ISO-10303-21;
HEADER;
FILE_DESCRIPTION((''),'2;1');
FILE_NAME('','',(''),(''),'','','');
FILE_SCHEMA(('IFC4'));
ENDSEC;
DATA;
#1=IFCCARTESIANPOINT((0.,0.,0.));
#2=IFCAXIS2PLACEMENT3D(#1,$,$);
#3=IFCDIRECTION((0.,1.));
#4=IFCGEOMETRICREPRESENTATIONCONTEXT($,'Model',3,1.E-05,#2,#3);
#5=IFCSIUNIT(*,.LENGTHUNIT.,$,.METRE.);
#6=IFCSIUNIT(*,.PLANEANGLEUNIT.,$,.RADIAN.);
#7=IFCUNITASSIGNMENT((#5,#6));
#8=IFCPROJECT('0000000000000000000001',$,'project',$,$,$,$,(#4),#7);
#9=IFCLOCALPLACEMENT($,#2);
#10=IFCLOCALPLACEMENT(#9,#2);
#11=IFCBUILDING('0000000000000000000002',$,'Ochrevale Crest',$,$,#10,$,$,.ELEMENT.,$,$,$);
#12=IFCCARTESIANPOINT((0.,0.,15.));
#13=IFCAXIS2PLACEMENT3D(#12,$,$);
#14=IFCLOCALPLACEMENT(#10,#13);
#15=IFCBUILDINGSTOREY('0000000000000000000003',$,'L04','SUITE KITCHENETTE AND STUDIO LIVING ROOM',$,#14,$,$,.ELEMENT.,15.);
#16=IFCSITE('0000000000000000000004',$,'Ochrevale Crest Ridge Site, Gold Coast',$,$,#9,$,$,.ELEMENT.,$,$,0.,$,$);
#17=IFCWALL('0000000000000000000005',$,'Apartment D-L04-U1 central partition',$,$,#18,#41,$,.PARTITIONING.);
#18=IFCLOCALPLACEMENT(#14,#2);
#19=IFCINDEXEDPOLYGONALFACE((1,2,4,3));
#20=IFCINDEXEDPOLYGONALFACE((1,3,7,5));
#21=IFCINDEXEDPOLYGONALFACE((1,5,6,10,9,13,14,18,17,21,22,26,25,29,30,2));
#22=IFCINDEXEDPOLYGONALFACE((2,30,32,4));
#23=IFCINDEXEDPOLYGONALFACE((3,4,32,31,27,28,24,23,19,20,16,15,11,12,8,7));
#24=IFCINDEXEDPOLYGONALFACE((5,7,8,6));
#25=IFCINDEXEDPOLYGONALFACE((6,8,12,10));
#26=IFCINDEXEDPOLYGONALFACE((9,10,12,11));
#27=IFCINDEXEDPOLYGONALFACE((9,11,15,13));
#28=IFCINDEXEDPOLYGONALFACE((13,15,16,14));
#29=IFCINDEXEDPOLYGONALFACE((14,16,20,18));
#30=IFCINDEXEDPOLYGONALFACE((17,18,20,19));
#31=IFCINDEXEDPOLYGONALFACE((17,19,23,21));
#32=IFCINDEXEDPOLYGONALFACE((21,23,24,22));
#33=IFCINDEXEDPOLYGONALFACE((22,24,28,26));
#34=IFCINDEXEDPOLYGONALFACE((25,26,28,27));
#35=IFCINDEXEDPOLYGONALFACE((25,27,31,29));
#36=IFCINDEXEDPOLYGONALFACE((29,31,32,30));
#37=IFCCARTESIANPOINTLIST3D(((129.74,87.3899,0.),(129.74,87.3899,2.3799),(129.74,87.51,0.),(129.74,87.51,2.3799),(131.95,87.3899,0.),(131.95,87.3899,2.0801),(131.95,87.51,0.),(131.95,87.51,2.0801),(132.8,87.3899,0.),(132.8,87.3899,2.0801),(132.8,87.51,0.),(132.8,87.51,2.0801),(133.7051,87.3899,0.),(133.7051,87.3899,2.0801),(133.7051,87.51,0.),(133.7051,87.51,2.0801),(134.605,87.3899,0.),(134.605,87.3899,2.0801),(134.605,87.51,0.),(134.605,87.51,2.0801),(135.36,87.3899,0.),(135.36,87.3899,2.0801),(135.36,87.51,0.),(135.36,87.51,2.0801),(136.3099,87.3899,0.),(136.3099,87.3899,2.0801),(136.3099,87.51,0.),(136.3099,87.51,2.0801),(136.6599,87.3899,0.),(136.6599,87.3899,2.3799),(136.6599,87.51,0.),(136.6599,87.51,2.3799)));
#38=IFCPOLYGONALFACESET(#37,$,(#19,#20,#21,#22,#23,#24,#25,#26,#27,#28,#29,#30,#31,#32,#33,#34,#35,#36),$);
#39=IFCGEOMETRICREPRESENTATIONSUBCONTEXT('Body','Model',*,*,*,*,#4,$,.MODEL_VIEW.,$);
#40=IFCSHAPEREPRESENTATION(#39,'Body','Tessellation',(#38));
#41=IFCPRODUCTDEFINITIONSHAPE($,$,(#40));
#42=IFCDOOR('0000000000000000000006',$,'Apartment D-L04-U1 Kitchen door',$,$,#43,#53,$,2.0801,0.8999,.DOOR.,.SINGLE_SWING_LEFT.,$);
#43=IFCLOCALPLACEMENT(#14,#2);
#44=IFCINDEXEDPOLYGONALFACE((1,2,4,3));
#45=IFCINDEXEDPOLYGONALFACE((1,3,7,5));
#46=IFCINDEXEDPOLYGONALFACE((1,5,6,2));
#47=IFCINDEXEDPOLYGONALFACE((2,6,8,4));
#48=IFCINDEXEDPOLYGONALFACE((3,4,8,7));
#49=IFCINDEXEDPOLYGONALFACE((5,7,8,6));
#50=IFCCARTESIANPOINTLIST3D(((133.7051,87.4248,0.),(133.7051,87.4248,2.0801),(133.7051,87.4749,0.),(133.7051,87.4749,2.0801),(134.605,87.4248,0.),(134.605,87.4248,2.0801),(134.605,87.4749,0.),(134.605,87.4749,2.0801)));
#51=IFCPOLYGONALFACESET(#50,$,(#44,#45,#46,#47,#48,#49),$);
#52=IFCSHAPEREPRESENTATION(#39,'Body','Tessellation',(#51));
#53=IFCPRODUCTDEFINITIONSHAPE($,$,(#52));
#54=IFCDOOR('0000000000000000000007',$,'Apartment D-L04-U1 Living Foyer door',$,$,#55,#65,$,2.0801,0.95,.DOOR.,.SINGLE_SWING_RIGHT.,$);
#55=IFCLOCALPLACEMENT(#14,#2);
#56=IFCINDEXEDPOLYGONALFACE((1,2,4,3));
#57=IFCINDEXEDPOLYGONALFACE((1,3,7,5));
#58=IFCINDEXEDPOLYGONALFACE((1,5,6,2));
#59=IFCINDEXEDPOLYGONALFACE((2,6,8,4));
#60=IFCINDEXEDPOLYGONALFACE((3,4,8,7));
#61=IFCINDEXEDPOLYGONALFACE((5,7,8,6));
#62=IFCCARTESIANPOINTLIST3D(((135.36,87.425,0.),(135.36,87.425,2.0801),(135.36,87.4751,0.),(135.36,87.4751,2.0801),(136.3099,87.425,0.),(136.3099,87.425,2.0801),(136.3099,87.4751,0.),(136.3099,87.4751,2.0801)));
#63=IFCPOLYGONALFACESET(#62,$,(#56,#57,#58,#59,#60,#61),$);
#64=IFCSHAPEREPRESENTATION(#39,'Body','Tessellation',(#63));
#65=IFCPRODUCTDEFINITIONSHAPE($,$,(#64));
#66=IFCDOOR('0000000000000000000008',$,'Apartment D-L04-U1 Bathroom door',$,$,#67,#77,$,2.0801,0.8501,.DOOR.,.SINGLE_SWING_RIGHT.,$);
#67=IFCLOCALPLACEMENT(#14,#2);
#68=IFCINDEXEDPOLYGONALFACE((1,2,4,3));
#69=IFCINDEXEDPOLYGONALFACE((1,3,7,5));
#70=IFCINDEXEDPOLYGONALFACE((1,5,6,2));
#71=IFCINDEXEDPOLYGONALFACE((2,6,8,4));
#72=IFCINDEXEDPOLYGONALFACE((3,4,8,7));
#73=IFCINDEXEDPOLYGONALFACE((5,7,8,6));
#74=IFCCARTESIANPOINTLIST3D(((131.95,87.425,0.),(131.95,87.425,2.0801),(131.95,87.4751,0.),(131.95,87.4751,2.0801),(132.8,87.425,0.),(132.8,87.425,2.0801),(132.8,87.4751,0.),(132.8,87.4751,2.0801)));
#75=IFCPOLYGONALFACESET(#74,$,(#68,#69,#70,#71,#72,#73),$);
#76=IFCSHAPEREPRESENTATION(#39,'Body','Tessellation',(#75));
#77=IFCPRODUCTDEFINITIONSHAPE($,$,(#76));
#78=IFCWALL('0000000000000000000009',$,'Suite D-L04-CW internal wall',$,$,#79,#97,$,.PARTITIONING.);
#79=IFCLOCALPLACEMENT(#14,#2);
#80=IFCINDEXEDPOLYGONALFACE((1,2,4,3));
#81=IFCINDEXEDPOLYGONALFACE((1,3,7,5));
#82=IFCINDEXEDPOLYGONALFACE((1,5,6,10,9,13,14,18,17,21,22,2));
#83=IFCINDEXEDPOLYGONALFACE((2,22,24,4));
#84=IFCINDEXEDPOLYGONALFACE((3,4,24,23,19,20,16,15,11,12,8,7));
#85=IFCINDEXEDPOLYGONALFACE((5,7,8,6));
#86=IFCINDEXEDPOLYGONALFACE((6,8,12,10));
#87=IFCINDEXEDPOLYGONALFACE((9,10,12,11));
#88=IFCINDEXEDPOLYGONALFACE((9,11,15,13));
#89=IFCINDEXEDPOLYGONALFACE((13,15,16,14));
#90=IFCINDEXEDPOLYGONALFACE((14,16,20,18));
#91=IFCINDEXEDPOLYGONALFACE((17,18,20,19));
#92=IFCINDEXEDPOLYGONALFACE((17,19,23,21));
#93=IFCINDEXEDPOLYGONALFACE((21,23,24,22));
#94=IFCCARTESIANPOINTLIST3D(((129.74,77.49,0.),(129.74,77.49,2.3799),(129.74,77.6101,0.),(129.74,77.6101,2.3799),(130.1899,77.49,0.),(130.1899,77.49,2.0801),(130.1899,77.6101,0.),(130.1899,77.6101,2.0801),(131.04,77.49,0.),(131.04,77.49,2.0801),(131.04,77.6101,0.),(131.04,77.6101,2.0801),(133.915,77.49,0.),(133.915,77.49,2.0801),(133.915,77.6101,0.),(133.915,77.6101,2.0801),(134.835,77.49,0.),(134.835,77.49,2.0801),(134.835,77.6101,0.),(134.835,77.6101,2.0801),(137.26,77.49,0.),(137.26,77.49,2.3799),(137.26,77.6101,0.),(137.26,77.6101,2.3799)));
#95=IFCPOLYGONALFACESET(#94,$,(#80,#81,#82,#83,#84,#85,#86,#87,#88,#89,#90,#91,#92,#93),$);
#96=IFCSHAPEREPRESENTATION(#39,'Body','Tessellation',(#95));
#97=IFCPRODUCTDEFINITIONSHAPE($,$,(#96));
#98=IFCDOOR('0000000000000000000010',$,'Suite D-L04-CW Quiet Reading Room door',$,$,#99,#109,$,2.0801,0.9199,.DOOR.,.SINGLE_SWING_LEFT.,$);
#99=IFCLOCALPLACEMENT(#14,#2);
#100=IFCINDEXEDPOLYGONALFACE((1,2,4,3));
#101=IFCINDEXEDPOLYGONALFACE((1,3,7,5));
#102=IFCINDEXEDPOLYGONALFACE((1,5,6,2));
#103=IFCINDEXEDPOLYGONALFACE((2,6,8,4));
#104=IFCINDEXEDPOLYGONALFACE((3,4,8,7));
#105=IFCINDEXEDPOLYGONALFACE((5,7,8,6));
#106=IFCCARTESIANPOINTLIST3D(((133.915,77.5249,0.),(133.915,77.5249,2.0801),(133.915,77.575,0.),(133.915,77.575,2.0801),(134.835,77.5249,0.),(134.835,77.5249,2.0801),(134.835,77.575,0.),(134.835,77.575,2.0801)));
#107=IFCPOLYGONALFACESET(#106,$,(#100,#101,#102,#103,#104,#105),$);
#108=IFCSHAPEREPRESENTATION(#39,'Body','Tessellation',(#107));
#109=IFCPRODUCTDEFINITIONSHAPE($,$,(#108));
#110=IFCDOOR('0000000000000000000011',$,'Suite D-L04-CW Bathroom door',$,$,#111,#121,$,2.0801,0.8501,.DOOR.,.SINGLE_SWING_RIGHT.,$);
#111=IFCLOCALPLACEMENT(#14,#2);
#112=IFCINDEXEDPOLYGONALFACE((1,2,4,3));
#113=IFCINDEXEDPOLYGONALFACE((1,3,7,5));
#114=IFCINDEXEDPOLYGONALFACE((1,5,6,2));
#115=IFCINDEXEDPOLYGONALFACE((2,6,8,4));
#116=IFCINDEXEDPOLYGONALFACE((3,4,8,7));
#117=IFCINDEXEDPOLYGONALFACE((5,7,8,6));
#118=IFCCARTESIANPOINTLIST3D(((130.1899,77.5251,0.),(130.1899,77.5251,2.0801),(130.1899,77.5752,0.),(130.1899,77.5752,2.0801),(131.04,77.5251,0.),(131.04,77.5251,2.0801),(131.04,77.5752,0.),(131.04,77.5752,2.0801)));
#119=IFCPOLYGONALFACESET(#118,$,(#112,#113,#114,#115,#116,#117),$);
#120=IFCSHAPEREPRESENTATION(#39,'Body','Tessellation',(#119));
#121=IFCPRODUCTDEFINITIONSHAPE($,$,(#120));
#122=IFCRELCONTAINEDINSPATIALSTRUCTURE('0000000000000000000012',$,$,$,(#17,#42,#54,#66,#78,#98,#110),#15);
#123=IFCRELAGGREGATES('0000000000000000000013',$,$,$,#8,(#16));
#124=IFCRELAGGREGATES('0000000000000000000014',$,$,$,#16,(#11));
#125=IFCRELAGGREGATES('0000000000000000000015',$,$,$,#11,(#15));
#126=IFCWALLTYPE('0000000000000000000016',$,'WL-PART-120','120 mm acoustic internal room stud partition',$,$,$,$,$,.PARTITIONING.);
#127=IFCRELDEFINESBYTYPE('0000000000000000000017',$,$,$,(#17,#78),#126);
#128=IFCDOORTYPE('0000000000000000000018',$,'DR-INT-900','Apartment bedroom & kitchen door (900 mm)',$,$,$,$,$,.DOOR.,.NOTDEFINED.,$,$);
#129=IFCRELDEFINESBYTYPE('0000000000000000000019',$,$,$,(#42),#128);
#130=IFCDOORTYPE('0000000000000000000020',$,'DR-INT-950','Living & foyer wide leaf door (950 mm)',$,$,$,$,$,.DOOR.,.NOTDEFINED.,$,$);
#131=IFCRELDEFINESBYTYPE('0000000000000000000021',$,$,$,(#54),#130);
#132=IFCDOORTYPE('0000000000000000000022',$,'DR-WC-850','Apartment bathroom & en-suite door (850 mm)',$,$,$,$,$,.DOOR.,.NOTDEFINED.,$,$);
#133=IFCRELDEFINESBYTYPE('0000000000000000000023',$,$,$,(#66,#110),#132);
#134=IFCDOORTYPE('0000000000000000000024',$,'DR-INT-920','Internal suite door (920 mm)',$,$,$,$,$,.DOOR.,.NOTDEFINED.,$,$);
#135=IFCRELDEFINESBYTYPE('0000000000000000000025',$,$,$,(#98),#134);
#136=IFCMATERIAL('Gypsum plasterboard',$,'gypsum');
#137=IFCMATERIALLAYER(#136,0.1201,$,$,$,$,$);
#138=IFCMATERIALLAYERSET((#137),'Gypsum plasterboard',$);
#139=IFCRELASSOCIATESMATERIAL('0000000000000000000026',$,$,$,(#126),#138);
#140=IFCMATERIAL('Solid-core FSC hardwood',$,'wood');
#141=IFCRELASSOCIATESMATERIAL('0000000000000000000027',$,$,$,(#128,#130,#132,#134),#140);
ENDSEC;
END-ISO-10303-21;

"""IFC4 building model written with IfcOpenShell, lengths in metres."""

from ifc_helpers import new_model, si_unit, direction, frame, frame_2d, origin, place, context, subcontext, project, spatial, rectangle, extrude, material, layer, layer_set, type_object, element, fill, save


model = new_model("IFC4")

# Units and contexts
model_context = context("Model", 3, precision=1e-05, world=origin(), true_north=direction((0.0, 1.0)))
body_context = subcontext(model_context, "Body", "Model", "MODEL_VIEW")
ifc_project = project(units=[si_unit("LENGTHUNIT", "METRE"), si_unit("PLANEANGLEUNIT", "RADIAN")], contexts=[model_context])

# Site, building, storey
site_placement = place(None, origin())
site = spatial("IfcSite", under=ifc_project, at=site_placement, Name="Ochrevale Crest Ridge Site, Gold Coast", CompositionType="ELEMENT", RefElevation=0.0)
building_placement = place(site_placement, origin())
building = spatial("IfcBuilding", under=site, at=building_placement, Name="Ochrevale Crest", CompositionType="ELEMENT")
storey_placement = place(building_placement, frame((0.0, 0.0, 15.0)))
storey = spatial("IfcBuildingStorey", under=building, at=storey_placement, Name="L04", Description="SUITE KITCHENETTE AND STUDIO LIVING ROOM", CompositionType="ELEMENT", Elevation=15.0)

# Shared definitions
ifc_material_1 = material(Name="Gypsum plasterboard", Category="gypsum")
ifc_material_2 = material(Name="Solid-core FSC hardwood", Category="wood")

# Walls, openings, doors
ifc_layer_1 = layer(ifc_material_1, 0.1201)
ifc_layer_set_1 = layer_set([ifc_layer_1], Name="Gypsum plasterboard")
wall_type_1 = type_object("IfcWallType", Name="WL-PART-120", Description="120 mm acoustic internal room stud partition", PredefinedType="PARTITIONING", material=ifc_layer_set_1)
wall_1_placement = place(storey_placement, frame((129.74, 87.45, 0.0), z_axis=(0.0, 0.0, 1.0), x_axis=(1.0, 0.0, 0.0)))
wall_1 = element("IfcWall", 1, at=wall_1_placement, inside=storey, type_object=wall_type_1, Name="Apartment D-L04-U1 central partition", PredefinedType="PARTITIONING", context=body_context, shape_type="SweptSolid", body=[
    extrude(rectangle(XDim=6.9199, YDim=0.1201, at=frame_2d((3.46, 0.0))), origin(), (0.0, 0.0, 1.0), 2.3799),
])
opening_1_placement = place(wall_1_placement, frame((3.0601, 0.0, 0.0), z_axis=(0.0, 0.0, 1.0), x_axis=(-1.0, 0.0, 0.0)))
opening_1 = element("IfcOpeningElement", 2, at=opening_1_placement, cuts=wall_1, PredefinedType="OPENING", context=body_context, shape_type="SweptSolid", body=[
    extrude(rectangle(XDim=0.8501, YDim=2.0801, at=frame_2d((0.425, 1.04))), frame((0.0, 0.0701, 0.0), z_axis=(0.0, -1.0, 0.0), x_axis=(1.0, 0.0, 0.0)), (0.0, 0.0, 1.0), 0.1401),
])
opening_2_placement = place(wall_1_placement, frame((3.9651, 0.0, 0.0)))
opening_2 = element("IfcOpeningElement", 3, at=opening_2_placement, cuts=wall_1, PredefinedType="OPENING", context=body_context, shape_type="SweptSolid", body=[
    extrude(rectangle(XDim=0.8999, YDim=2.0801, at=frame_2d((0.45, 1.04))), frame((0.0, 0.0701, 0.0), z_axis=(0.0, -1.0, 0.0), x_axis=(1.0, 0.0, 0.0)), (0.0, 0.0, 1.0), 0.1401),
])
opening_3_placement = place(wall_1_placement, frame((6.5701, 0.0, 0.0), z_axis=(0.0, 0.0, 1.0), x_axis=(-1.0, 0.0, 0.0)))
opening_3 = element("IfcOpeningElement", 4, at=opening_3_placement, cuts=wall_1, PredefinedType="OPENING", context=body_context, shape_type="SweptSolid", body=[
    extrude(rectangle(XDim=0.95, YDim=2.0801, at=frame_2d((0.4751, 1.04))), frame((0.0, 0.0701, 0.0), z_axis=(0.0, -1.0, 0.0), x_axis=(1.0, 0.0, 0.0)), (0.0, 0.0, 1.0), 0.1401),
])
door_type_1 = type_object("IfcDoorType", Name="DR-INT-900", Description="Apartment bedroom & kitchen door (900 mm)", OperationType="NOTDEFINED", PredefinedType="DOOR", material=ifc_material_2)
door_1_placement = place(opening_2_placement, origin())
door_1 = element("IfcDoor", 5, at=door_1_placement, inside=storey, type_object=door_type_1, Name="Apartment D-L04-U1 Kitchen door", OperationType="SINGLE_SWING_LEFT", OverallHeight=2.0801, OverallWidth=0.8999, PredefinedType="DOOR", context=body_context, shape_type="SweptSolid", body=[
    extrude(rectangle(XDim=0.8999, YDim=2.0801, at=frame_2d((0.45, 1.04))), frame((0.0, 0.0249, 0.0), z_axis=(0.0, -1.0, 0.0), x_axis=(1.0, 0.0, 0.0)), (0.0, 0.0, 1.0), 0.05),
])
fill(opening_2, door_1)
door_type_2 = type_object("IfcDoorType", Name="DR-INT-950", Description="Living & foyer wide leaf door (950 mm)", OperationType="NOTDEFINED", PredefinedType="DOOR", material=ifc_material_2)
door_2_placement = place(opening_3_placement, origin())
door_2 = element("IfcDoor", 6, at=door_2_placement, inside=storey, type_object=door_type_2, Name="Apartment D-L04-U1 Living Foyer door", OperationType="SINGLE_SWING_RIGHT", OverallHeight=2.0801, OverallWidth=0.95, PredefinedType="DOOR", context=body_context, shape_type="SweptSolid", body=[
    extrude(rectangle(XDim=0.95, YDim=2.0801, at=frame_2d((0.4751, 1.04))), frame((0.0, 0.0249, 0.0), z_axis=(0.0, -1.0, 0.0), x_axis=(1.0, 0.0, 0.0)), (0.0, 0.0, 1.0), 0.05),
])
fill(opening_3, door_2)
door_type_3 = type_object("IfcDoorType", Name="DR-WC-850", Description="Apartment bathroom & en-suite door (850 mm)", OperationType="NOTDEFINED", PredefinedType="DOOR", material=ifc_material_2)
door_3_placement = place(opening_1_placement, origin())
door_3 = element("IfcDoor", 7, at=door_3_placement, inside=storey, type_object=door_type_3, Name="Apartment D-L04-U1 Bathroom door", OperationType="SINGLE_SWING_RIGHT", OverallHeight=2.0801, OverallWidth=0.8501, PredefinedType="DOOR", context=body_context, shape_type="SweptSolid", body=[
    extrude(rectangle(XDim=0.8501, YDim=2.0801, at=frame_2d((0.425, 1.04))), frame((0.0, 0.0249, 0.0), z_axis=(0.0, -1.0, 0.0), x_axis=(1.0, 0.0, 0.0)), (0.0, 0.0, 1.0), 0.05),
])
fill(opening_1, door_3)
wall_2_placement = place(storey_placement, frame((129.74, 77.55, 0.0), z_axis=(0.0, 0.0, 1.0), x_axis=(1.0, 0.0, 0.0)))
wall_2 = element("IfcWall", 8, at=wall_2_placement, inside=storey, type_object=wall_type_1, Name="Suite D-L04-CW internal wall", PredefinedType="PARTITIONING", context=body_context, shape_type="SweptSolid", body=[
    extrude(rectangle(XDim=7.52, YDim=0.1201, at=frame_2d((3.76, 0.0))), origin(), (0.0, 0.0, 1.0), 2.3799),
])
opening_4_placement = place(wall_2_placement, frame((1.3, 0.0, 0.0), z_axis=(0.0, 0.0, 1.0), x_axis=(-1.0, 0.0, 0.0)))
opening_4 = element("IfcOpeningElement", 9, at=opening_4_placement, cuts=wall_2, PredefinedType="OPENING", context=body_context, shape_type="SweptSolid", body=[
    extrude(rectangle(XDim=0.8501, YDim=2.0801, at=frame_2d((0.425, 1.04))), frame((0.0, 0.0701, 0.0), z_axis=(0.0, -1.0, 0.0), x_axis=(1.0, 0.0, 0.0)), (0.0, 0.0, 1.0), 0.1401),
])
opening_5_placement = place(wall_2_placement, frame((4.175, 0.0, 0.0)))
opening_5 = element("IfcOpeningElement", 10, at=opening_5_placement, cuts=wall_2, PredefinedType="OPENING", context=body_context, shape_type="SweptSolid", body=[
    extrude(rectangle(XDim=0.9199, YDim=2.0801, at=frame_2d((0.46, 1.04))), frame((0.0, 0.0701, 0.0), z_axis=(0.0, -1.0, 0.0), x_axis=(1.0, 0.0, 0.0)), (0.0, 0.0, 1.0), 0.1401),
])
door_type_4 = type_object("IfcDoorType", Name="DR-INT-920", Description="Internal suite door (920 mm)", OperationType="NOTDEFINED", PredefinedType="DOOR", material=ifc_material_2)
door_4_placement = place(opening_5_placement, origin())
door_4 = element("IfcDoor", 11, at=door_4_placement, inside=storey, type_object=door_type_4, Name="Suite D-L04-CW Quiet Reading Room door", OperationType="SINGLE_SWING_LEFT", OverallHeight=2.0801, OverallWidth=0.9199, PredefinedType="DOOR", context=body_context, shape_type="SweptSolid", body=[
    extrude(rectangle(XDim=0.9199, YDim=2.0801, at=frame_2d((0.46, 1.04))), frame((0.0, 0.0249, 0.0), z_axis=(0.0, -1.0, 0.0), x_axis=(1.0, 0.0, 0.0)), (0.0, 0.0, 1.0), 0.05),
])
fill(opening_5, door_4)
door_5_placement = place(opening_4_placement, origin())
door_5 = element("IfcDoor", 12, at=door_5_placement, inside=storey, type_object=door_type_3, Name="Suite D-L04-CW Bathroom door", OperationType="SINGLE_SWING_RIGHT", OverallHeight=2.0801, OverallWidth=0.8501, PredefinedType="DOOR", context=body_context, shape_type="SweptSolid", body=[
    extrude(rectangle(XDim=0.8501, YDim=2.0801, at=frame_2d((0.425, 1.04))), frame((0.0, 0.0249, 0.0), z_axis=(0.0, -1.0, 0.0), x_axis=(1.0, 0.0, 0.0)), (0.0, 0.0, 1.0), 0.05),
])
fill(opening_4, door_5)

save(model, "model.ifc")
